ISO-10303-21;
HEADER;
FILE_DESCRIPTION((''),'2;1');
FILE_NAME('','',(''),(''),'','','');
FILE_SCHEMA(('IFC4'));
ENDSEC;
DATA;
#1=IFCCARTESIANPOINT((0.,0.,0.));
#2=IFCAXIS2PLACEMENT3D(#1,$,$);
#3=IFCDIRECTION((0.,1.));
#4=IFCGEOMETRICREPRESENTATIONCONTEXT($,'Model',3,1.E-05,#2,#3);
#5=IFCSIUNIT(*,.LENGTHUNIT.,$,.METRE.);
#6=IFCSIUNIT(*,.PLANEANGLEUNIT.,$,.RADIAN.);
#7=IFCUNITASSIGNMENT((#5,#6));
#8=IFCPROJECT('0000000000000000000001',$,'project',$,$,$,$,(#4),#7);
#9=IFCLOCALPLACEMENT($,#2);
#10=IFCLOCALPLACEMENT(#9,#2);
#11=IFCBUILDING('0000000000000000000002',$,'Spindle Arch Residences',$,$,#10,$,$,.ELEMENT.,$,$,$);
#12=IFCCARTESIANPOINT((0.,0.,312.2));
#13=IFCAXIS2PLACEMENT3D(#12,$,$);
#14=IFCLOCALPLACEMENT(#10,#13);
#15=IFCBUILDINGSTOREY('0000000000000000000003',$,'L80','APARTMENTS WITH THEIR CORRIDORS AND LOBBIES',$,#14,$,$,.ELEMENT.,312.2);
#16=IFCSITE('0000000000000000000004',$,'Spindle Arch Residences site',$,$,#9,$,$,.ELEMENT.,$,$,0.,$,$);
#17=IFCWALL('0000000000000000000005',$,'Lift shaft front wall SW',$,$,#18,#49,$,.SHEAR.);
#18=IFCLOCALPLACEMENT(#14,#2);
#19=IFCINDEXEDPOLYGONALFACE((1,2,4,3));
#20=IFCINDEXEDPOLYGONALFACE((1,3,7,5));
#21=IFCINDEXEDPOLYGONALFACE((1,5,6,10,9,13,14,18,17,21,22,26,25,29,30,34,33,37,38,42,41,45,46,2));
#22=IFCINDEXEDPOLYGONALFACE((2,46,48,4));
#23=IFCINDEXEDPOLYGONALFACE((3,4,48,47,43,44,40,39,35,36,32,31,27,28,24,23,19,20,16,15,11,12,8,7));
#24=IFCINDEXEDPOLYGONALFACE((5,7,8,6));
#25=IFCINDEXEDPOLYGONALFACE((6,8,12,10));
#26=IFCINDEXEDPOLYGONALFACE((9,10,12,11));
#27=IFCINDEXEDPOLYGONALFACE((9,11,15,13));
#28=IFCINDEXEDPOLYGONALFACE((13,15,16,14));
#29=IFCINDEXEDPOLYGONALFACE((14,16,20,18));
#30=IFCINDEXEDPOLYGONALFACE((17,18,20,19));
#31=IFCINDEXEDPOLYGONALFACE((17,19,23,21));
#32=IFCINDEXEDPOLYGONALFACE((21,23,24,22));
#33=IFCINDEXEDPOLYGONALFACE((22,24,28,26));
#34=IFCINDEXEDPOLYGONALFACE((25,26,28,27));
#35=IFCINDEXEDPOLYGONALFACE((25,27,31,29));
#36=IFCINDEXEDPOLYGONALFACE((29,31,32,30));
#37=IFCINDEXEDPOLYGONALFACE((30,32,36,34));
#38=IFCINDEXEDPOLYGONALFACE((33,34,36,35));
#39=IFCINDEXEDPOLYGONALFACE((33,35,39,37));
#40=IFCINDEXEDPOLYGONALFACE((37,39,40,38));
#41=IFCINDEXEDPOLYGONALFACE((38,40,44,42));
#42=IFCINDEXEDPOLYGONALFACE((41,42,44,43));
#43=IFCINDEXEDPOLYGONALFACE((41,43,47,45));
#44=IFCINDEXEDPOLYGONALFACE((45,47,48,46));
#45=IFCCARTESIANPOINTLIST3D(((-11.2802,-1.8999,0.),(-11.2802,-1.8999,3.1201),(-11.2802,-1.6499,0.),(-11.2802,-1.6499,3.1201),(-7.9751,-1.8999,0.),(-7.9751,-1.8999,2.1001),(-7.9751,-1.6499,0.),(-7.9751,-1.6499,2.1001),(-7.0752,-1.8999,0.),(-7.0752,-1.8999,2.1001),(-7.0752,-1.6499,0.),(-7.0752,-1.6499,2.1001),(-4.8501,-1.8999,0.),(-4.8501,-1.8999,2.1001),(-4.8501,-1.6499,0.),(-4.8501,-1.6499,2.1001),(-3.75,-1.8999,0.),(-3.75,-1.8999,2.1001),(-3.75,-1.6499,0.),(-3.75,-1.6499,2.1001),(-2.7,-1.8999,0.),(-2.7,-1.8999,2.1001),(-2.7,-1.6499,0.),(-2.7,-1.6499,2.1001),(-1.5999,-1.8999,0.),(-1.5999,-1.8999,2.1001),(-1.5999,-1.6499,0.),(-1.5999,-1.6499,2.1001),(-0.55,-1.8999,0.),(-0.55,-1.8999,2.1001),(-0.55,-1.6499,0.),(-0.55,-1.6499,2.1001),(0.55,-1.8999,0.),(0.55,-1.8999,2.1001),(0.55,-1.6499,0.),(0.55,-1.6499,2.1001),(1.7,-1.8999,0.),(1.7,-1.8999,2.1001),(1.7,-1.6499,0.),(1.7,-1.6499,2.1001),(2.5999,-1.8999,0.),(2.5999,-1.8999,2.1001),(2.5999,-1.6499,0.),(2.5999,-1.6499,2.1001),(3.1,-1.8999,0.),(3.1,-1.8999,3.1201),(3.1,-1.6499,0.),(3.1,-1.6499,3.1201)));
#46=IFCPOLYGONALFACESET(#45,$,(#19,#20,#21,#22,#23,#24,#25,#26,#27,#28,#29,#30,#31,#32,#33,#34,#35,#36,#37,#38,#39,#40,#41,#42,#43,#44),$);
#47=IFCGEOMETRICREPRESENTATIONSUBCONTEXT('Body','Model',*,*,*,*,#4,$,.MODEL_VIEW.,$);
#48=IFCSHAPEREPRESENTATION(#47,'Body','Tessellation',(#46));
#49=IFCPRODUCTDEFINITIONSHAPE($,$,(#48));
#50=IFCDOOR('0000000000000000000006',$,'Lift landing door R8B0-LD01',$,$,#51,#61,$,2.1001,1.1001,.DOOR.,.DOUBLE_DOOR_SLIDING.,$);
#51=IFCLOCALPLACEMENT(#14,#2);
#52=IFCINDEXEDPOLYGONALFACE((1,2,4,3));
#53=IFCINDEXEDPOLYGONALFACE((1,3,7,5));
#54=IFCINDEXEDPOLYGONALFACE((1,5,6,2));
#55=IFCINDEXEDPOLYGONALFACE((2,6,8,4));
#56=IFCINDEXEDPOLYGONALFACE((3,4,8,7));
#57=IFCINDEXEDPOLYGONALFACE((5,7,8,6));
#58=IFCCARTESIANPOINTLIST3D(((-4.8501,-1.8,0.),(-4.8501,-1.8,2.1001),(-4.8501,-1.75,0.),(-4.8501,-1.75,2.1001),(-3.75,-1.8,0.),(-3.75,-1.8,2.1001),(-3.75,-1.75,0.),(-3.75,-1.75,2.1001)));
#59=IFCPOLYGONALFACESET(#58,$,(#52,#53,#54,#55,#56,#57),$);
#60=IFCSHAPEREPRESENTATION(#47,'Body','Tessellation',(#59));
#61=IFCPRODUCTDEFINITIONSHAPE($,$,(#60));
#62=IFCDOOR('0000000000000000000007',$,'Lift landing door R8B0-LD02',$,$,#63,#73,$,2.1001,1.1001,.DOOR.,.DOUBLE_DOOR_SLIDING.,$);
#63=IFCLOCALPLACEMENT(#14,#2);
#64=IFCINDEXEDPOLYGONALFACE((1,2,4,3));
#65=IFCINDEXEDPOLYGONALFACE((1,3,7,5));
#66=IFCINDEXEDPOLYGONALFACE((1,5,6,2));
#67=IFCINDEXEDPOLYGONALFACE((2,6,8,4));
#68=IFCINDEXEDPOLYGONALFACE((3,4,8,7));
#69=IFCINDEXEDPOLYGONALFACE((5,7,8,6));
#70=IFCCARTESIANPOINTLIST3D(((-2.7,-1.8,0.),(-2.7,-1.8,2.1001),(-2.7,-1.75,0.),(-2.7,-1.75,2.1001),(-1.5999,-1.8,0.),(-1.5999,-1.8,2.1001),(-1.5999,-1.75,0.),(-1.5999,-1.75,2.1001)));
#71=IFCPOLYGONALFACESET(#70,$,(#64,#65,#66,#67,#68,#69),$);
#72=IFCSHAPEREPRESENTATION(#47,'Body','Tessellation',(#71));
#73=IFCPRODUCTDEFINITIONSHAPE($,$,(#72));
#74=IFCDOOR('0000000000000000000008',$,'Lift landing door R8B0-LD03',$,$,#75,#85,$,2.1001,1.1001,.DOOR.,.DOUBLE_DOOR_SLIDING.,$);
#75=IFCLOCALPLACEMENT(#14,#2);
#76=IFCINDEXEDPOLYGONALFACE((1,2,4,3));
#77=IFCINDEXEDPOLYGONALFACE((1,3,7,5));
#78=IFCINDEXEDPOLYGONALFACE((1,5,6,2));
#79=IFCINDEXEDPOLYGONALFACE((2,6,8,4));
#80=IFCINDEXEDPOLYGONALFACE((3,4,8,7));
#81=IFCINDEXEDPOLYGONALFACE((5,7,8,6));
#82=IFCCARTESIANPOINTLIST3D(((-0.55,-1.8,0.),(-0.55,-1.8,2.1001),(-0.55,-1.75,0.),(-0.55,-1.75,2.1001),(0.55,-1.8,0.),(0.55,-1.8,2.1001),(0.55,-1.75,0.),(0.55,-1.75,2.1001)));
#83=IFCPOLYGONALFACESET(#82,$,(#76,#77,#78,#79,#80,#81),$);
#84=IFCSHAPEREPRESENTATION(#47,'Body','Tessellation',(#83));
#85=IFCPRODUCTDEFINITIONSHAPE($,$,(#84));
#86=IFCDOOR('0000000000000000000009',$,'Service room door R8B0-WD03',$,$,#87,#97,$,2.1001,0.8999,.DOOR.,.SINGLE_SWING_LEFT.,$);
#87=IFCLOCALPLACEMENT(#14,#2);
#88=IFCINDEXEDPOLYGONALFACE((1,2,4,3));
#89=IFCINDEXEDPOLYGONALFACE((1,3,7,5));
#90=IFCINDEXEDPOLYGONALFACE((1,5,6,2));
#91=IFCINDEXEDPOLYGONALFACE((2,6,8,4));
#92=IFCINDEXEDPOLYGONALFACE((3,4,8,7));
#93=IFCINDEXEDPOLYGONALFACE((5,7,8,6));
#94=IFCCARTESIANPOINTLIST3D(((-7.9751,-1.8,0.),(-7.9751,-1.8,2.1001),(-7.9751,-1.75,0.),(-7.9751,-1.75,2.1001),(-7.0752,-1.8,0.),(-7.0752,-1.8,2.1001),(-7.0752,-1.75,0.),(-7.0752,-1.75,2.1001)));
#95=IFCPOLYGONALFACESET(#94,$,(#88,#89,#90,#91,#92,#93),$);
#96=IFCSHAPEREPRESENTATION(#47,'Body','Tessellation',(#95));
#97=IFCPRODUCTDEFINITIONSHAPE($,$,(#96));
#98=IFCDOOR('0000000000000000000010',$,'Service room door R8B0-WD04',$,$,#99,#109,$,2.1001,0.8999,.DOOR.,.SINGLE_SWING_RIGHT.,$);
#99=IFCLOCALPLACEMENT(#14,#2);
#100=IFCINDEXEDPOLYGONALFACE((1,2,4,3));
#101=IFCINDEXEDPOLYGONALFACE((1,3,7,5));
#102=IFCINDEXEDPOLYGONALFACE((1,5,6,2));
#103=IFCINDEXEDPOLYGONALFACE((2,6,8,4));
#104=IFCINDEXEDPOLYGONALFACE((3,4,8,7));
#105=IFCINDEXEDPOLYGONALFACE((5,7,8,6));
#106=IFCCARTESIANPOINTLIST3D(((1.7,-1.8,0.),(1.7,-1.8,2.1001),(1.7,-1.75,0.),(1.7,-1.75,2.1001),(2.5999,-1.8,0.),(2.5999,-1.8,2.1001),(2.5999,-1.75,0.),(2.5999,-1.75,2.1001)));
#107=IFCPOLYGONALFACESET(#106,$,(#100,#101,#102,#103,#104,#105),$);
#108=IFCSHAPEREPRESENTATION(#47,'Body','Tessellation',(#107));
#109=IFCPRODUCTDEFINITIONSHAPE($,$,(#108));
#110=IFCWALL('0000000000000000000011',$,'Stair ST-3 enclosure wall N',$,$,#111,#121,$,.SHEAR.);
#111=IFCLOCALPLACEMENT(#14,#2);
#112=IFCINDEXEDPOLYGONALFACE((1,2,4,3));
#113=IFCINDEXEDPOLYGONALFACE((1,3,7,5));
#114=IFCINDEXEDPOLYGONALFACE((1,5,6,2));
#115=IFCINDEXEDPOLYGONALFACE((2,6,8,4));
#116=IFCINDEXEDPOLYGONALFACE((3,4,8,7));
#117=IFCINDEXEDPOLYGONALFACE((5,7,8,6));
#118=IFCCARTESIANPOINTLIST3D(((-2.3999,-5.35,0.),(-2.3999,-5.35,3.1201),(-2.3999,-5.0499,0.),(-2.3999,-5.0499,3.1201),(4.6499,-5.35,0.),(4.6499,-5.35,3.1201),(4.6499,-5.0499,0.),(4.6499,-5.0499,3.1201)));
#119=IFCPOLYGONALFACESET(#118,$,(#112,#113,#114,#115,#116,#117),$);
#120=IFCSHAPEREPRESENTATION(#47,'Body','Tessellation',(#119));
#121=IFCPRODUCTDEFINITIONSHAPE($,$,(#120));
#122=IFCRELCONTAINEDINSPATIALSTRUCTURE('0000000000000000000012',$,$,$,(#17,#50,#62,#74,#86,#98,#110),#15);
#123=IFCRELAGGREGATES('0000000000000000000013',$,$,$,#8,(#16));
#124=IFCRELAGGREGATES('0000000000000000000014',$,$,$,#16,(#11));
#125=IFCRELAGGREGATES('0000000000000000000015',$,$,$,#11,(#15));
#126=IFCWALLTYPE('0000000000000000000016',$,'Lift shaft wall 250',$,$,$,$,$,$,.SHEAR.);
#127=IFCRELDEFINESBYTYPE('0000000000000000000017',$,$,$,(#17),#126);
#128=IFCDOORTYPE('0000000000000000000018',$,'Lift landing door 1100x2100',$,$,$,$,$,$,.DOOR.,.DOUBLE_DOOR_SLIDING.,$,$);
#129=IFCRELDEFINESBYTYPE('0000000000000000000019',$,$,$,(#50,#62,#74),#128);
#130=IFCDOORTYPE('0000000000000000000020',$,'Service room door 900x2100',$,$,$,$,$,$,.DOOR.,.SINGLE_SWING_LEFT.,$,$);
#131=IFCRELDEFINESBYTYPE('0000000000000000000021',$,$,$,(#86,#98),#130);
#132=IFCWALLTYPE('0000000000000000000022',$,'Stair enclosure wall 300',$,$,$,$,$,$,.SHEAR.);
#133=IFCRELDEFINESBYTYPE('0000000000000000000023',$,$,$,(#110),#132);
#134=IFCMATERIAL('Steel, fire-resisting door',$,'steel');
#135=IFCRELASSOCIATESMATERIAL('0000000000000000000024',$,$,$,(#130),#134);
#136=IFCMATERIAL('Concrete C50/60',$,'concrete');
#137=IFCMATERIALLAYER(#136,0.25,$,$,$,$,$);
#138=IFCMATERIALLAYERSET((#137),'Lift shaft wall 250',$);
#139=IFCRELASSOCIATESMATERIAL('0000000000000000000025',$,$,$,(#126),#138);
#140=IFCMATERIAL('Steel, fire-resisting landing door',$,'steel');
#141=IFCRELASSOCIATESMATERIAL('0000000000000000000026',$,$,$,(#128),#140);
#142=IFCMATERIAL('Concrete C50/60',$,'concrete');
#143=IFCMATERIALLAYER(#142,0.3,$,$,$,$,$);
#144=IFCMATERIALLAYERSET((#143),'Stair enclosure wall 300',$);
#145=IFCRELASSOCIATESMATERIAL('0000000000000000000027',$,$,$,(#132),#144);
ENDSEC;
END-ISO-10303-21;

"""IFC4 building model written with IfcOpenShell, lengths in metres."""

from ifc_helpers import new_model, si_unit, direction, frame, frame_2d, origin, place, context, subcontext, project, spatial, rectangle, extrude, material, layer, layer_set, type_object, element, fill, save


model = new_model("IFC4")

# Units and contexts
model_context = context("Model", 3, precision=1e-05, world=origin(), true_north=direction((0.0, 1.0)))
body_context = subcontext(model_context, "Body", "Model", "MODEL_VIEW")
ifc_project = project(units=[si_unit("LENGTHUNIT", "METRE"), si_unit("PLANEANGLEUNIT", "RADIAN")], contexts=[model_context])

# Site, building, storey
site_placement = place(None, origin())
site = spatial("IfcSite", under=ifc_project, at=site_placement, Name="Spindle Arch Residences site", CompositionType="ELEMENT", RefElevation=0.0)
building_placement = place(site_placement, origin())
building = spatial("IfcBuilding", under=site, at=building_placement, Name="Spindle Arch Residences", CompositionType="ELEMENT")
storey_placement = place(building_placement, frame((0.0, 0.0, 312.2)))
storey = spatial("IfcBuildingStorey", under=building, at=storey_placement, Name="L80", Description="APARTMENTS WITH THEIR CORRIDORS AND LOBBIES", CompositionType="ELEMENT", Elevation=312.2)

# Shared definitions
ifc_material_1 = material(Name="Steel, fire-resisting door", Category="steel")
door_type_1 = type_object("IfcDoorType", Name="Service room door 900x2100", OperationType="SINGLE_SWING_LEFT", PredefinedType="DOOR", material=ifc_material_1)

# Wall, openings, doors
ifc_material_2 = material(Name="Concrete C50/60", Category="concrete")
ifc_layer_1 = layer(ifc_material_2, 0.25)
ifc_layer_set_1 = layer_set([ifc_layer_1], Name="Lift shaft wall 250")
wall_type_1 = type_object("IfcWallType", Name="Lift shaft wall 250", PredefinedType="SHEAR", material=ifc_layer_set_1)
wall_1_placement = place(storey_placement, frame((-11.28, -1.7749, 0.0), z_axis=(0.0, 0.0, 1.0), x_axis=(1.0, 0.0, 0.0)))
wall_1 = element("IfcWall", 1, at=wall_1_placement, inside=storey, type_object=wall_type_1, Name="Lift shaft front wall SW", PredefinedType="SHEAR", context=body_context, shape_type="SweptSolid", body=[
    extrude(rectangle(XDim=14.3801, YDim=0.25, at=frame_2d((7.1899, 0.0))), origin(), (0.0, 0.0, 1.0), 3.1201),
])
opening_1_placement = place(wall_1_placement, frame((6.4299, 0.0, 0.0)))
opening_1 = element("IfcOpeningElement", 2, at=opening_1_placement, cuts=wall_1, PredefinedType="OPENING", context=body_context, shape_type="SweptSolid", body=[
    extrude(rectangle(XDim=1.1001, YDim=2.1001, at=frame_2d((0.55, 1.05))), frame((0.0, 0.135, 0.0), z_axis=(0.0, -1.0, 0.0), x_axis=(1.0, 0.0, 0.0)), (0.0, 0.0, 1.0), 0.27),
])
opening_2_placement = place(wall_1_placement, frame((8.5801, 0.0, 0.0)))
opening_2 = element("IfcOpeningElement", 3, at=opening_2_placement, cuts=wall_1, PredefinedType="OPENING", context=body_context, shape_type="SweptSolid", body=[
    extrude(rectangle(XDim=1.1001, YDim=2.1001, at=frame_2d((0.55, 1.05))), frame((0.0, 0.135, 0.0), z_axis=(0.0, -1.0, 0.0), x_axis=(1.0, 0.0, 0.0)), (0.0, 0.0, 1.0), 0.27),
])
opening_3_placement = place(wall_1_placement, frame((10.73, 0.0, 0.0)))
opening_3 = element("IfcOpeningElement", 4, at=opening_3_placement, cuts=wall_1, PredefinedType="OPENING", context=body_context, shape_type="SweptSolid", body=[
    extrude(rectangle(XDim=1.1001, YDim=2.1001, at=frame_2d((0.55, 1.05))), frame((0.0, 0.135, 0.0), z_axis=(0.0, -1.0, 0.0), x_axis=(1.0, 0.0, 0.0)), (0.0, 0.0, 1.0), 0.27),
])
opening_4_placement = place(wall_1_placement, frame((3.3049, 0.0, 0.0)))
opening_4 = element("IfcOpeningElement", 5, at=opening_4_placement, cuts=wall_1, PredefinedType="OPENING", context=body_context, shape_type="SweptSolid", body=[
    extrude(rectangle(XDim=0.8999, YDim=2.1001, at=frame_2d((0.45, 1.05))), frame((0.0, 0.135, 0.0), z_axis=(0.0, -1.0, 0.0), x_axis=(1.0, 0.0, 0.0)), (0.0, 0.0, 1.0), 0.27),
])
opening_5_placement = place(wall_1_placement, frame((12.98, 0.0, 0.0)))
opening_5 = element("IfcOpeningElement", 6, at=opening_5_placement, cuts=wall_1, PredefinedType="OPENING", context=body_context, shape_type="SweptSolid", body=[
    extrude(rectangle(XDim=0.8999, YDim=2.1001, at=frame_2d((0.45, 1.05))), frame((0.0, 0.135, 0.0), z_axis=(0.0, -1.0, 0.0), x_axis=(1.0, 0.0, 0.0)), (0.0, 0.0, 1.0), 0.27),
])
ifc_material_3 = material(Name="Steel, fire-resisting landing door", Category="steel")
door_type_2 = type_object("IfcDoorType", Name="Lift landing door 1100x2100", OperationType="DOUBLE_DOOR_SLIDING", PredefinedType="DOOR", material=ifc_material_3)
door_1_placement = place(opening_1_placement, origin())
door_1 = element("IfcDoor", 7, at=door_1_placement, inside=storey, type_object=door_type_2, Name="Lift landing door R8B0-LD01", OperationType="DOUBLE_DOOR_SLIDING", OverallHeight=2.1001, OverallWidth=1.1001, PredefinedType="DOOR", context=body_context, shape_type="SweptSolid", body=[
    extrude(rectangle(XDim=1.1001, YDim=2.1001, at=frame_2d((0.55, 1.05))), frame((0.0, 0.0249, 0.0), z_axis=(0.0, -1.0, 0.0), x_axis=(1.0, 0.0, 0.0)), (0.0, 0.0, 1.0), 0.05),
])
fill(opening_1, door_1)
door_2_placement = place(opening_2_placement, origin())
door_2 = element("IfcDoor", 8, at=door_2_placement, inside=storey, type_object=door_type_2, Name="Lift landing door R8B0-LD02", OperationType="DOUBLE_DOOR_SLIDING", OverallHeight=2.1001, OverallWidth=1.1001, PredefinedType="DOOR", context=body_context, shape_type="SweptSolid", body=[
    extrude(rectangle(XDim=1.1001, YDim=2.1001, at=frame_2d((0.55, 1.05))), frame((0.0, 0.0249, 0.0), z_axis=(0.0, -1.0, 0.0), x_axis=(1.0, 0.0, 0.0)), (0.0, 0.0, 1.0), 0.05),
])
fill(opening_2, door_2)
door_3_placement = place(opening_3_placement, origin())
door_3 = element("IfcDoor", 9, at=door_3_placement, inside=storey, type_object=door_type_2, Name="Lift landing door R8B0-LD03", OperationType="DOUBLE_DOOR_SLIDING", OverallHeight=2.1001, OverallWidth=1.1001, PredefinedType="DOOR", context=body_context, shape_type="SweptSolid", body=[
    extrude(rectangle(XDim=1.1001, YDim=2.1001, at=frame_2d((0.55, 1.05))), frame((0.0, 0.0249, 0.0), z_axis=(0.0, -1.0, 0.0), x_axis=(1.0, 0.0, 0.0)), (0.0, 0.0, 1.0), 0.05),
])
fill(opening_3, door_3)
door_4_placement = place(opening_4_placement, origin())
door_4 = element("IfcDoor", 10, at=door_4_placement, inside=storey, type_object=door_type_1, Name="Service room door R8B0-WD03", OperationType="SINGLE_SWING_LEFT", OverallHeight=2.1001, OverallWidth=0.8999, PredefinedType="DOOR", context=body_context, shape_type="SweptSolid", body=[
    extrude(rectangle(XDim=0.8999, YDim=2.1001, at=frame_2d((0.45, 1.05))), frame((0.0, 0.0249, 0.0), z_axis=(0.0, -1.0, 0.0), x_axis=(1.0, 0.0, 0.0)), (0.0, 0.0, 1.0), 0.05),
])
fill(opening_4, door_4)
door_5_placement = place(opening_5_placement, origin())
door_5 = element("IfcDoor", 11, at=door_5_placement, inside=storey, type_object=door_type_1, Name="Service room door R8B0-WD04", OperationType="SINGLE_SWING_RIGHT", OverallHeight=2.1001, OverallWidth=0.8999, PredefinedType="DOOR", context=body_context, shape_type="SweptSolid", body=[
    extrude(rectangle(XDim=0.8999, YDim=2.1001, at=frame_2d((0.45, 1.05))), frame((0.0, 0.0249, 0.0), z_axis=(0.0, -1.0, 0.0), x_axis=(1.0, 0.0, 0.0)), (0.0, 0.0, 1.0), 0.05),
])
fill(opening_5, door_5)

# Wall
ifc_material_4 = material(Name="Concrete C50/60", Category="concrete")
ifc_layer_2 = layer(ifc_material_4, 0.3)
ifc_layer_set_2 = layer_set([ifc_layer_2], Name="Stair enclosure wall 300")
wall_type_2 = type_object("IfcWallType", Name="Stair enclosure wall 300", PredefinedType="SHEAR", material=ifc_layer_set_2)
wall_2_placement = place(storey_placement, frame((-2.3999, -5.2, 0.0), z_axis=(0.0, 0.0, 1.0), x_axis=(1.0, 0.0, 0.0)))
element("IfcWall", 12, at=wall_2_placement, inside=storey, type_object=wall_type_2, Name="Stair ST-3 enclosure wall N", PredefinedType="SHEAR", context=body_context, shape_type="SweptSolid", body=[
    extrude(rectangle(XDim=7.0498, YDim=0.3, at=frame_2d((3.5249, 0.0))), origin(), (0.0, 0.0, 1.0), 3.1201),
])

save(model, "model.ifc")
